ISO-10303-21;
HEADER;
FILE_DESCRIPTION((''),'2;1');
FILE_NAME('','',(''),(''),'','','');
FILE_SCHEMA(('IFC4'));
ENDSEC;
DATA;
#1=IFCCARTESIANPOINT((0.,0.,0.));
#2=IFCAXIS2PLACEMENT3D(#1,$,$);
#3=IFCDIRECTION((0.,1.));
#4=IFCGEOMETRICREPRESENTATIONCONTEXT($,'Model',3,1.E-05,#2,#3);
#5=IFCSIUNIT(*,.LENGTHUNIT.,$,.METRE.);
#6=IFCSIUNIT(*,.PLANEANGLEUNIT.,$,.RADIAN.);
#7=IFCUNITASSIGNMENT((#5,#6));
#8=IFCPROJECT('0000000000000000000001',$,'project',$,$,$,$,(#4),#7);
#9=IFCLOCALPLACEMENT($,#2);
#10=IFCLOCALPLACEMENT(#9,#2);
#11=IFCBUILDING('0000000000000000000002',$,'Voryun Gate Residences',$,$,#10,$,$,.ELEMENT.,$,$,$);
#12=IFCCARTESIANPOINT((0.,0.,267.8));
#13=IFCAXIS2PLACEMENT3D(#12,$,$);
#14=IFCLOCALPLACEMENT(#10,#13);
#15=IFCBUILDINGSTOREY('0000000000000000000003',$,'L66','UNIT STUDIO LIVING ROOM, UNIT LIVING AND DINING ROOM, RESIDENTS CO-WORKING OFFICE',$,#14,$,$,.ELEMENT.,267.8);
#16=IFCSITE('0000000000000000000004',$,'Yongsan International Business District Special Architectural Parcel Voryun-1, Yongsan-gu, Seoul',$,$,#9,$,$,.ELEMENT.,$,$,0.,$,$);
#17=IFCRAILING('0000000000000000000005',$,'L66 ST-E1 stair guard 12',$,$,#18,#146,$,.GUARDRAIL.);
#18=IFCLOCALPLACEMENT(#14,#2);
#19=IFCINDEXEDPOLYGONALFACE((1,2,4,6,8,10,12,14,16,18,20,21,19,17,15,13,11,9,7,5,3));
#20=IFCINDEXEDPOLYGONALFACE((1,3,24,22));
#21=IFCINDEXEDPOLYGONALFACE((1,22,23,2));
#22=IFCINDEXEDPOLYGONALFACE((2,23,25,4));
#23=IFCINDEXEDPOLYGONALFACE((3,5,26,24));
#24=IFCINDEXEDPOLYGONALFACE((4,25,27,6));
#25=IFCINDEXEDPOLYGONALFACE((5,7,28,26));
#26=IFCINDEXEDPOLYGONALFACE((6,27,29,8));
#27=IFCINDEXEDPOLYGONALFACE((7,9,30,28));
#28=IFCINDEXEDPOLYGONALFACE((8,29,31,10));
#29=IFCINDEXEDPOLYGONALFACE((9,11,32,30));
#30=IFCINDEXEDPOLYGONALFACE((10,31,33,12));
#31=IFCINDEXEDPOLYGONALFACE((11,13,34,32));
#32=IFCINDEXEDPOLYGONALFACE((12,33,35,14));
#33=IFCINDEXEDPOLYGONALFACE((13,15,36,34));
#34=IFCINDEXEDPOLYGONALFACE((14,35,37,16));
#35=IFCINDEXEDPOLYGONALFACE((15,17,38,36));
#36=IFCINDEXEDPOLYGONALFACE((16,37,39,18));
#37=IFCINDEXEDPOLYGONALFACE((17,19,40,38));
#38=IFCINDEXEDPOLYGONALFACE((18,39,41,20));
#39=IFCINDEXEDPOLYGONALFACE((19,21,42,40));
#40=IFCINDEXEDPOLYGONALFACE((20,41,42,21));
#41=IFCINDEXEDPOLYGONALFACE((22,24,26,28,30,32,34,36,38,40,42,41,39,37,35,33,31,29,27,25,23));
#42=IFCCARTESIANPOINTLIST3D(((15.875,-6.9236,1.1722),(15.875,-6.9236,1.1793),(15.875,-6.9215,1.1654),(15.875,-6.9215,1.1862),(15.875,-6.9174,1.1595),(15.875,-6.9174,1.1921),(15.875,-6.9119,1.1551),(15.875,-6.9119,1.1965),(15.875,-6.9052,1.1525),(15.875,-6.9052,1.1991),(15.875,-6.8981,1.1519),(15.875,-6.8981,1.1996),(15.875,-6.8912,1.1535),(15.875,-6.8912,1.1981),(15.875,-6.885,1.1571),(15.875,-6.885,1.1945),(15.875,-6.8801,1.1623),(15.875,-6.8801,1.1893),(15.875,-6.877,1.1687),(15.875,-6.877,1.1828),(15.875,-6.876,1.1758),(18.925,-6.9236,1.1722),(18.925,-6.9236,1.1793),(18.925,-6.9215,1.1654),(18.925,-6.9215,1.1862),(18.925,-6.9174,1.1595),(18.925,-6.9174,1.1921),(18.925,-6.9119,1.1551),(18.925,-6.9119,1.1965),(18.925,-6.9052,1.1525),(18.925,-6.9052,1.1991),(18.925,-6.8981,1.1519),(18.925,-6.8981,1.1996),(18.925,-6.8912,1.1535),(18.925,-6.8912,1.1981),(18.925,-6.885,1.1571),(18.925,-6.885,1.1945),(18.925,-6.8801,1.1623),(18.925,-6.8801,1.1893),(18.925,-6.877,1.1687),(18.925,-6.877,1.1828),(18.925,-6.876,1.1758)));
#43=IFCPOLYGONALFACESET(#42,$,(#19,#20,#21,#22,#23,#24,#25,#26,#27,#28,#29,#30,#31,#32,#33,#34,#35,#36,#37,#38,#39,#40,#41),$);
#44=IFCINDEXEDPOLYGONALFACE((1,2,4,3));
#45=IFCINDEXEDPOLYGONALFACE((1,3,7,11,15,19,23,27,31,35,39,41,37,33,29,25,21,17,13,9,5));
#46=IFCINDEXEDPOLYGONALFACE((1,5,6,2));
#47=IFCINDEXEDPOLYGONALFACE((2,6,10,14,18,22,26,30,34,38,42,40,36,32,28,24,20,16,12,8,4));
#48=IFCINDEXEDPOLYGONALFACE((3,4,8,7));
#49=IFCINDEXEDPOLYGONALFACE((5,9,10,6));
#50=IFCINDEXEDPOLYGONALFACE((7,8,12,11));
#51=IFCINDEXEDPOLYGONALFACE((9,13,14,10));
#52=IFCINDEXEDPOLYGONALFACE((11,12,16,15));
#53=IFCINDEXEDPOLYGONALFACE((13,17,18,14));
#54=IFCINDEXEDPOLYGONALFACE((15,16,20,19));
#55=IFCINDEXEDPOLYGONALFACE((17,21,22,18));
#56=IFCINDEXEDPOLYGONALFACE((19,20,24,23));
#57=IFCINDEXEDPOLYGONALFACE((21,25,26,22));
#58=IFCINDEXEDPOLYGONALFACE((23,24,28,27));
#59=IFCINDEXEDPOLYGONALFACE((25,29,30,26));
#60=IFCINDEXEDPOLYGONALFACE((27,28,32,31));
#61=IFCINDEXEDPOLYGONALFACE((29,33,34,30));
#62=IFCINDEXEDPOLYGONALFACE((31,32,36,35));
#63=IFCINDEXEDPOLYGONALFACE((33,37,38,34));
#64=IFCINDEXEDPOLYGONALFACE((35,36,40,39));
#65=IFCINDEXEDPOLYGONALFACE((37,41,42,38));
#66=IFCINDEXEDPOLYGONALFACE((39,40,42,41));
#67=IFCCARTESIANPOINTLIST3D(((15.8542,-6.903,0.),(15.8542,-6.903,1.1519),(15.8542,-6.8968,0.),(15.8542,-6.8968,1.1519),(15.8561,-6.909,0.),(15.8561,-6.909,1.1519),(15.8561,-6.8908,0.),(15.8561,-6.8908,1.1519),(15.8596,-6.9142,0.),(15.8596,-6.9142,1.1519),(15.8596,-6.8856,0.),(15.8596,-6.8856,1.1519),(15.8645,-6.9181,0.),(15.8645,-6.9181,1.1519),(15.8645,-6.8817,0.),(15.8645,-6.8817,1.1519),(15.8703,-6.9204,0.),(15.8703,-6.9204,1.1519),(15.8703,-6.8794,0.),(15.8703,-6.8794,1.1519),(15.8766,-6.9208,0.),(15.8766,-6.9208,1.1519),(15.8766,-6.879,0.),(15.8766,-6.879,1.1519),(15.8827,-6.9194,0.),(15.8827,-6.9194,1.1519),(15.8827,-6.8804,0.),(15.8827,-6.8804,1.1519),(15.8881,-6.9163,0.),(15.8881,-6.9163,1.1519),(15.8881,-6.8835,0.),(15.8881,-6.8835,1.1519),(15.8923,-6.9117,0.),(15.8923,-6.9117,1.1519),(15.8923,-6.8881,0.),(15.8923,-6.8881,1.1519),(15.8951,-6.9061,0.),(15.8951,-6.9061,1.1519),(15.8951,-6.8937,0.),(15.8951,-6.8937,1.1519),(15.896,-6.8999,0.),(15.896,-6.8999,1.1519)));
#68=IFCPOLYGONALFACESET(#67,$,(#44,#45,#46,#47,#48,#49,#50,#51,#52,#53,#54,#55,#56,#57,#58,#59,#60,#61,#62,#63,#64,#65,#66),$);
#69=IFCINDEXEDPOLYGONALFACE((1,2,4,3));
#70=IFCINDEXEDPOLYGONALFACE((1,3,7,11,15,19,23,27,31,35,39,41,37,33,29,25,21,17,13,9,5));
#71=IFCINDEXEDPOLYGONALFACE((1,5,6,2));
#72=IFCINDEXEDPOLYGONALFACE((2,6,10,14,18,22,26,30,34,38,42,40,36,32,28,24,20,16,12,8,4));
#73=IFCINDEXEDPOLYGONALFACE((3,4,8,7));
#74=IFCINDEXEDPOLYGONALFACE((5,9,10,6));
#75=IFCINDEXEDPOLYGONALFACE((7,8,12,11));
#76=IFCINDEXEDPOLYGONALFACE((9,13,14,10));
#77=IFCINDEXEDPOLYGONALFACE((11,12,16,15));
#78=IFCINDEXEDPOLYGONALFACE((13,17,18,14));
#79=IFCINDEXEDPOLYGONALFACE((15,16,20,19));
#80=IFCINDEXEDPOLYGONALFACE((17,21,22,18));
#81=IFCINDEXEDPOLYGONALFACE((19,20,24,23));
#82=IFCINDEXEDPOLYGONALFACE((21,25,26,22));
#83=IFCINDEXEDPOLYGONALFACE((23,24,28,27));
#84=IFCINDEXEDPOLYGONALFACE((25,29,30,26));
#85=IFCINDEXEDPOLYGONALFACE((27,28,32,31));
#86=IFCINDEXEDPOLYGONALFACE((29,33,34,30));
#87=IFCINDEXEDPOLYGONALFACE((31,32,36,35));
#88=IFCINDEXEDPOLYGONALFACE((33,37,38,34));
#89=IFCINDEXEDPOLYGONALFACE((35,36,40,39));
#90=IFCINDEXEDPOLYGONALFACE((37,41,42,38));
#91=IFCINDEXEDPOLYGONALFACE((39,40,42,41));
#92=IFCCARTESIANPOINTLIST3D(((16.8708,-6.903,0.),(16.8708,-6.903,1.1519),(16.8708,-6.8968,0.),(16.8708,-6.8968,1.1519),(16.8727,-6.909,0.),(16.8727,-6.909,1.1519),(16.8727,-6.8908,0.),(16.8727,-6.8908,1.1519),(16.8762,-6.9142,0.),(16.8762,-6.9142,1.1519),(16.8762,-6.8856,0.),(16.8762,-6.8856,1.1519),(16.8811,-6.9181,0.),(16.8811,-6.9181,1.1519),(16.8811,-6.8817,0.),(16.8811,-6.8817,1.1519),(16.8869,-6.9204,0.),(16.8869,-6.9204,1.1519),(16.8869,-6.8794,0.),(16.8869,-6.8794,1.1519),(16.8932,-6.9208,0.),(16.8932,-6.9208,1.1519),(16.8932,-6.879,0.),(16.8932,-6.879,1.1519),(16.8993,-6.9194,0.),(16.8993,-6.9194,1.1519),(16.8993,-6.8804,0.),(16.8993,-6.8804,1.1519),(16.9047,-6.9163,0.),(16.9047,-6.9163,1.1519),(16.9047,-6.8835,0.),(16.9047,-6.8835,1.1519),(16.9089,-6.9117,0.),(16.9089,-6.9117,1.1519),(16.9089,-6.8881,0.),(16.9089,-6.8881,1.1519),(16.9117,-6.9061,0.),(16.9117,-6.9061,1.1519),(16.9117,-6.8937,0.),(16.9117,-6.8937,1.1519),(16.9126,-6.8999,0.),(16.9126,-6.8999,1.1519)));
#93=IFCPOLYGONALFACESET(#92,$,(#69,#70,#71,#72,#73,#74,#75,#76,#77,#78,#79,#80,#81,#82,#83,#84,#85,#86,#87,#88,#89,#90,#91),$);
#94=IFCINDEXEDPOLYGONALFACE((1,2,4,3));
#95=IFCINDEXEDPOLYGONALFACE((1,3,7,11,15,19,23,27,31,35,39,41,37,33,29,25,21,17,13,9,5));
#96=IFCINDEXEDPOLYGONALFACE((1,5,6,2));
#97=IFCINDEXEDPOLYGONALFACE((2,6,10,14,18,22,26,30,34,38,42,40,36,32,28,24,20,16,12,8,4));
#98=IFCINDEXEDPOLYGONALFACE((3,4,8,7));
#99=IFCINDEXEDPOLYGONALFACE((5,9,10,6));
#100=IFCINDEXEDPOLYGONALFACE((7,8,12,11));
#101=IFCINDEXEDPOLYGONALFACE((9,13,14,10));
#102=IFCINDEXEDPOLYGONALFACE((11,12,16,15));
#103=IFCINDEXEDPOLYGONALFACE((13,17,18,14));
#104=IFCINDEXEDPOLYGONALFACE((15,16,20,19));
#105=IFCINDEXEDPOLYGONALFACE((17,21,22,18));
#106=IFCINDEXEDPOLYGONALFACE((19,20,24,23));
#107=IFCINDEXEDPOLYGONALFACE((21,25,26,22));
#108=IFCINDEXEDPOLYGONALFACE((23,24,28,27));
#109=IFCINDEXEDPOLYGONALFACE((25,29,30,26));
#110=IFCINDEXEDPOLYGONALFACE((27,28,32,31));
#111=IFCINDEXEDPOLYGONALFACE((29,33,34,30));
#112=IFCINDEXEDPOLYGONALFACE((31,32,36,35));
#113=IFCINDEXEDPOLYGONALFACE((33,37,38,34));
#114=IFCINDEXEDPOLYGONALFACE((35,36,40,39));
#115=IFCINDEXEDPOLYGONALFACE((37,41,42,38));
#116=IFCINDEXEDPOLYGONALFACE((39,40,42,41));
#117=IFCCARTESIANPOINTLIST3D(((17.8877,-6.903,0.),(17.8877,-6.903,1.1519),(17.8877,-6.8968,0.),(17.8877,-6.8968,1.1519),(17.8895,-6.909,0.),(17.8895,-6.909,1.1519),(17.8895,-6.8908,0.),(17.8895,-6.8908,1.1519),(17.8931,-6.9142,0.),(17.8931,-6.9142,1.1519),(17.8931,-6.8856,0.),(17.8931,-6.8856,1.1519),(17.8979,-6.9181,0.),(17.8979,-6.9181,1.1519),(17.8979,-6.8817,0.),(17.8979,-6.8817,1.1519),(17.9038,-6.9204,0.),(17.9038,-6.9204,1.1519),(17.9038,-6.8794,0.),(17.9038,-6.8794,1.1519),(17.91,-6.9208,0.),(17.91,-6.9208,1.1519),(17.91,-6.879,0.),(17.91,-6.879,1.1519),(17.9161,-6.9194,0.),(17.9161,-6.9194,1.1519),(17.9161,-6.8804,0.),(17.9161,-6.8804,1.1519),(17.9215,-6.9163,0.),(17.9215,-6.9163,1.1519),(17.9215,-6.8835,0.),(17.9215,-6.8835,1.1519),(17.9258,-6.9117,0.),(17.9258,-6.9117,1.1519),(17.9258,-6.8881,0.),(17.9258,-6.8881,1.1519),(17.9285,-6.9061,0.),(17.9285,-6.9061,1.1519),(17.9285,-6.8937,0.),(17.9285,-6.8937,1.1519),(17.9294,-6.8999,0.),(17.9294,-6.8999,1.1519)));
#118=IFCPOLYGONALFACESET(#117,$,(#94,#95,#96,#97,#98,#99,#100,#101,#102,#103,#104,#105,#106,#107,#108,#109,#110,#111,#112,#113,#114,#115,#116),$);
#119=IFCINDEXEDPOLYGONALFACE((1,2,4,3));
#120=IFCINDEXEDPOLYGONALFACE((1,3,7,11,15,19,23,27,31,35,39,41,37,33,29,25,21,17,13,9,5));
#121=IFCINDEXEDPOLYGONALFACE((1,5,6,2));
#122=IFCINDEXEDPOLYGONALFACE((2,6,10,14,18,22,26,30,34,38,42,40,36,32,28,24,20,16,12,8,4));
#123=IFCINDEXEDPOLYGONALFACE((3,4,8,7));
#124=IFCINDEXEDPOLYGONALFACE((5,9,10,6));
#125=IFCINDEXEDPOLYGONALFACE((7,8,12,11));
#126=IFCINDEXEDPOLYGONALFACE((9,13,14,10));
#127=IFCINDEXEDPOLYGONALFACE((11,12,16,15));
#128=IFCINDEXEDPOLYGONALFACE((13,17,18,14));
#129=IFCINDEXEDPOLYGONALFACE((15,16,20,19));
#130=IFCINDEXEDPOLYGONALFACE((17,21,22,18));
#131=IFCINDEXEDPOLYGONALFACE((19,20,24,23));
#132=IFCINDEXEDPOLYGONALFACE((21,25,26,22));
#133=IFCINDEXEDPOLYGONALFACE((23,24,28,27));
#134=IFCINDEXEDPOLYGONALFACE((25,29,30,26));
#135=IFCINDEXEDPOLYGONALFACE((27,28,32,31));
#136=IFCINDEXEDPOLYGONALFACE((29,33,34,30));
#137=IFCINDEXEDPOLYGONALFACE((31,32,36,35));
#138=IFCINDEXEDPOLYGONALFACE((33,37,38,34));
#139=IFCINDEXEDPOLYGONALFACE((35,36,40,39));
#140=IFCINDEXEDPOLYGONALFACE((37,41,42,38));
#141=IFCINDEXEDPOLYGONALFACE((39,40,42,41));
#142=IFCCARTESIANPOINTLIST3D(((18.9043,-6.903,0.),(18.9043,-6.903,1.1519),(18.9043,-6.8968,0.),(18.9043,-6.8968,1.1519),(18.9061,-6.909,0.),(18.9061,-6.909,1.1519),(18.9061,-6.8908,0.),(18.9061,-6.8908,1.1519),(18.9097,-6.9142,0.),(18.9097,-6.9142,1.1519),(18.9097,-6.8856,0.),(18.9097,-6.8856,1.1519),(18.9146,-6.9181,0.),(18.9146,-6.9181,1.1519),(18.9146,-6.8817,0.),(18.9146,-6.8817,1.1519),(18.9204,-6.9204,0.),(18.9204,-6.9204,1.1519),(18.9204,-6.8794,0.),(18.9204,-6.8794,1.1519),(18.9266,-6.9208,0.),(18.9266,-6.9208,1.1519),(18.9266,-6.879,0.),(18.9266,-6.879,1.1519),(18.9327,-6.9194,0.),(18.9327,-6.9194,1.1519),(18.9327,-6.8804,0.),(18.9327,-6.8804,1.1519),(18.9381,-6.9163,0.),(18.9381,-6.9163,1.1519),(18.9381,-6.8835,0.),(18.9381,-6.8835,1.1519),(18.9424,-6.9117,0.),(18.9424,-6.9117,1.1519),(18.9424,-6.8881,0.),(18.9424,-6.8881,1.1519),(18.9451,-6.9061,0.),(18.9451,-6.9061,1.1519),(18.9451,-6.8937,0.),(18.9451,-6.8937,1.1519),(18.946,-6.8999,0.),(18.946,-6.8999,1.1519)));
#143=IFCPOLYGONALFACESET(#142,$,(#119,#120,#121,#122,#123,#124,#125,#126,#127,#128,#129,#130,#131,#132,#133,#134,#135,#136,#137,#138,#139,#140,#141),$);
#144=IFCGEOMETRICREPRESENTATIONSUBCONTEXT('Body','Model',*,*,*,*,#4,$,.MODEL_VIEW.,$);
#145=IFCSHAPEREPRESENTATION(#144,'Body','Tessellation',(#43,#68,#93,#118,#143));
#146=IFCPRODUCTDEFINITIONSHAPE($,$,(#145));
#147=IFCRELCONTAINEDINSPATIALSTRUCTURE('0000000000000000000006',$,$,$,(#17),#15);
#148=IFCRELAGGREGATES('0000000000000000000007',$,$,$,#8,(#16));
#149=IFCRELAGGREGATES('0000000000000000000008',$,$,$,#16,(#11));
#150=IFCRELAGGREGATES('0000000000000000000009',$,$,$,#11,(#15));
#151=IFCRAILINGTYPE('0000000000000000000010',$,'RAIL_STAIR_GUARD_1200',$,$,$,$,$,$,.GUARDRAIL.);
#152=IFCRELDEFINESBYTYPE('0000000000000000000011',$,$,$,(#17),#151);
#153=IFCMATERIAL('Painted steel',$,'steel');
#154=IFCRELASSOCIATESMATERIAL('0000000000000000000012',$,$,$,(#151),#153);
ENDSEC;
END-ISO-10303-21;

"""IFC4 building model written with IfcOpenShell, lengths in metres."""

from ifc_helpers import new_model, si_unit, direction, frame, origin, origin_2d, place, context, subcontext, project, spatial, circle, extrude, material, type_object, element, save


model = new_model("IFC4")

# Units and contexts
model_context = context("Model", 3, precision=1e-05, world=origin(), true_north=direction((0.0, 1.0)))
body_context = subcontext(model_context, "Body", "Model", "MODEL_VIEW")
ifc_project = project(units=[si_unit("LENGTHUNIT", "METRE"), si_unit("PLANEANGLEUNIT", "RADIAN")], contexts=[model_context])

# Site, building, storey
site_placement = place(None, origin())
site = spatial("IfcSite", under=ifc_project, at=site_placement, Name="Yongsan International Business District Special Architectural Parcel Voryun-1, Yongsan-gu, Seoul", CompositionType="ELEMENT", RefElevation=0.0)
building_placement = place(site_placement, origin())
building = spatial("IfcBuilding", under=site, at=building_placement, Name="Voryun Gate Residences", CompositionType="ELEMENT")
storey_placement = place(building_placement, frame((0.0, 0.0, 267.8)))
storey = spatial("IfcBuildingStorey", under=building, at=storey_placement, Name="L66", Description="UNIT STUDIO LIVING ROOM, UNIT LIVING AND DINING ROOM, RESIDENTS CO-WORKING OFFICE", CompositionType="ELEMENT", Elevation=267.8)

# Railing
ifc_material_1 = material(Name="Painted steel", Category="steel")
railing_type_1 = type_object("IfcRailingType", Name="RAIL_STAIR_GUARD_1200", PredefinedType="GUARDRAIL", material=ifc_material_1)
railing_1_placement = place(storey_placement, frame((15.875, -6.8999, 0.0)))
element("IfcRailing", 1, at=railing_1_placement, inside=storey, type_object=railing_type_1, Name="L66 ST-E1 stair guard 12", PredefinedType="GUARDRAIL", context=body_context, shape_type="SweptSolid", body=[
    extrude(circle(Radius=0.0239, at=origin_2d()), frame((0.0, 0.0, 1.1758), z_axis=(1.0, 0.0, 0.0), x_axis=(0.0, 1.0, 0.0)), (0.0, 0.0, 1.0), 3.05),
    extrude(circle(Radius=0.021, at=origin_2d()), origin(), (0.0, 0.0, 1.0), 1.1519),
    extrude(circle(Radius=0.021, at=origin_2d()), frame((1.0166, 0.0, 0.0)), (0.0, 0.0, 1.0), 1.1519),
    extrude(circle(Radius=0.021, at=origin_2d()), frame((2.0334, 0.0, 0.0)), (0.0, 0.0, 1.0), 1.1519),
    extrude(circle(Radius=0.021, at=origin_2d()), frame((3.05, 0.0, 0.0)), (0.0, 0.0, 1.0), 1.1519),
])

save(model, "model.ifc")
